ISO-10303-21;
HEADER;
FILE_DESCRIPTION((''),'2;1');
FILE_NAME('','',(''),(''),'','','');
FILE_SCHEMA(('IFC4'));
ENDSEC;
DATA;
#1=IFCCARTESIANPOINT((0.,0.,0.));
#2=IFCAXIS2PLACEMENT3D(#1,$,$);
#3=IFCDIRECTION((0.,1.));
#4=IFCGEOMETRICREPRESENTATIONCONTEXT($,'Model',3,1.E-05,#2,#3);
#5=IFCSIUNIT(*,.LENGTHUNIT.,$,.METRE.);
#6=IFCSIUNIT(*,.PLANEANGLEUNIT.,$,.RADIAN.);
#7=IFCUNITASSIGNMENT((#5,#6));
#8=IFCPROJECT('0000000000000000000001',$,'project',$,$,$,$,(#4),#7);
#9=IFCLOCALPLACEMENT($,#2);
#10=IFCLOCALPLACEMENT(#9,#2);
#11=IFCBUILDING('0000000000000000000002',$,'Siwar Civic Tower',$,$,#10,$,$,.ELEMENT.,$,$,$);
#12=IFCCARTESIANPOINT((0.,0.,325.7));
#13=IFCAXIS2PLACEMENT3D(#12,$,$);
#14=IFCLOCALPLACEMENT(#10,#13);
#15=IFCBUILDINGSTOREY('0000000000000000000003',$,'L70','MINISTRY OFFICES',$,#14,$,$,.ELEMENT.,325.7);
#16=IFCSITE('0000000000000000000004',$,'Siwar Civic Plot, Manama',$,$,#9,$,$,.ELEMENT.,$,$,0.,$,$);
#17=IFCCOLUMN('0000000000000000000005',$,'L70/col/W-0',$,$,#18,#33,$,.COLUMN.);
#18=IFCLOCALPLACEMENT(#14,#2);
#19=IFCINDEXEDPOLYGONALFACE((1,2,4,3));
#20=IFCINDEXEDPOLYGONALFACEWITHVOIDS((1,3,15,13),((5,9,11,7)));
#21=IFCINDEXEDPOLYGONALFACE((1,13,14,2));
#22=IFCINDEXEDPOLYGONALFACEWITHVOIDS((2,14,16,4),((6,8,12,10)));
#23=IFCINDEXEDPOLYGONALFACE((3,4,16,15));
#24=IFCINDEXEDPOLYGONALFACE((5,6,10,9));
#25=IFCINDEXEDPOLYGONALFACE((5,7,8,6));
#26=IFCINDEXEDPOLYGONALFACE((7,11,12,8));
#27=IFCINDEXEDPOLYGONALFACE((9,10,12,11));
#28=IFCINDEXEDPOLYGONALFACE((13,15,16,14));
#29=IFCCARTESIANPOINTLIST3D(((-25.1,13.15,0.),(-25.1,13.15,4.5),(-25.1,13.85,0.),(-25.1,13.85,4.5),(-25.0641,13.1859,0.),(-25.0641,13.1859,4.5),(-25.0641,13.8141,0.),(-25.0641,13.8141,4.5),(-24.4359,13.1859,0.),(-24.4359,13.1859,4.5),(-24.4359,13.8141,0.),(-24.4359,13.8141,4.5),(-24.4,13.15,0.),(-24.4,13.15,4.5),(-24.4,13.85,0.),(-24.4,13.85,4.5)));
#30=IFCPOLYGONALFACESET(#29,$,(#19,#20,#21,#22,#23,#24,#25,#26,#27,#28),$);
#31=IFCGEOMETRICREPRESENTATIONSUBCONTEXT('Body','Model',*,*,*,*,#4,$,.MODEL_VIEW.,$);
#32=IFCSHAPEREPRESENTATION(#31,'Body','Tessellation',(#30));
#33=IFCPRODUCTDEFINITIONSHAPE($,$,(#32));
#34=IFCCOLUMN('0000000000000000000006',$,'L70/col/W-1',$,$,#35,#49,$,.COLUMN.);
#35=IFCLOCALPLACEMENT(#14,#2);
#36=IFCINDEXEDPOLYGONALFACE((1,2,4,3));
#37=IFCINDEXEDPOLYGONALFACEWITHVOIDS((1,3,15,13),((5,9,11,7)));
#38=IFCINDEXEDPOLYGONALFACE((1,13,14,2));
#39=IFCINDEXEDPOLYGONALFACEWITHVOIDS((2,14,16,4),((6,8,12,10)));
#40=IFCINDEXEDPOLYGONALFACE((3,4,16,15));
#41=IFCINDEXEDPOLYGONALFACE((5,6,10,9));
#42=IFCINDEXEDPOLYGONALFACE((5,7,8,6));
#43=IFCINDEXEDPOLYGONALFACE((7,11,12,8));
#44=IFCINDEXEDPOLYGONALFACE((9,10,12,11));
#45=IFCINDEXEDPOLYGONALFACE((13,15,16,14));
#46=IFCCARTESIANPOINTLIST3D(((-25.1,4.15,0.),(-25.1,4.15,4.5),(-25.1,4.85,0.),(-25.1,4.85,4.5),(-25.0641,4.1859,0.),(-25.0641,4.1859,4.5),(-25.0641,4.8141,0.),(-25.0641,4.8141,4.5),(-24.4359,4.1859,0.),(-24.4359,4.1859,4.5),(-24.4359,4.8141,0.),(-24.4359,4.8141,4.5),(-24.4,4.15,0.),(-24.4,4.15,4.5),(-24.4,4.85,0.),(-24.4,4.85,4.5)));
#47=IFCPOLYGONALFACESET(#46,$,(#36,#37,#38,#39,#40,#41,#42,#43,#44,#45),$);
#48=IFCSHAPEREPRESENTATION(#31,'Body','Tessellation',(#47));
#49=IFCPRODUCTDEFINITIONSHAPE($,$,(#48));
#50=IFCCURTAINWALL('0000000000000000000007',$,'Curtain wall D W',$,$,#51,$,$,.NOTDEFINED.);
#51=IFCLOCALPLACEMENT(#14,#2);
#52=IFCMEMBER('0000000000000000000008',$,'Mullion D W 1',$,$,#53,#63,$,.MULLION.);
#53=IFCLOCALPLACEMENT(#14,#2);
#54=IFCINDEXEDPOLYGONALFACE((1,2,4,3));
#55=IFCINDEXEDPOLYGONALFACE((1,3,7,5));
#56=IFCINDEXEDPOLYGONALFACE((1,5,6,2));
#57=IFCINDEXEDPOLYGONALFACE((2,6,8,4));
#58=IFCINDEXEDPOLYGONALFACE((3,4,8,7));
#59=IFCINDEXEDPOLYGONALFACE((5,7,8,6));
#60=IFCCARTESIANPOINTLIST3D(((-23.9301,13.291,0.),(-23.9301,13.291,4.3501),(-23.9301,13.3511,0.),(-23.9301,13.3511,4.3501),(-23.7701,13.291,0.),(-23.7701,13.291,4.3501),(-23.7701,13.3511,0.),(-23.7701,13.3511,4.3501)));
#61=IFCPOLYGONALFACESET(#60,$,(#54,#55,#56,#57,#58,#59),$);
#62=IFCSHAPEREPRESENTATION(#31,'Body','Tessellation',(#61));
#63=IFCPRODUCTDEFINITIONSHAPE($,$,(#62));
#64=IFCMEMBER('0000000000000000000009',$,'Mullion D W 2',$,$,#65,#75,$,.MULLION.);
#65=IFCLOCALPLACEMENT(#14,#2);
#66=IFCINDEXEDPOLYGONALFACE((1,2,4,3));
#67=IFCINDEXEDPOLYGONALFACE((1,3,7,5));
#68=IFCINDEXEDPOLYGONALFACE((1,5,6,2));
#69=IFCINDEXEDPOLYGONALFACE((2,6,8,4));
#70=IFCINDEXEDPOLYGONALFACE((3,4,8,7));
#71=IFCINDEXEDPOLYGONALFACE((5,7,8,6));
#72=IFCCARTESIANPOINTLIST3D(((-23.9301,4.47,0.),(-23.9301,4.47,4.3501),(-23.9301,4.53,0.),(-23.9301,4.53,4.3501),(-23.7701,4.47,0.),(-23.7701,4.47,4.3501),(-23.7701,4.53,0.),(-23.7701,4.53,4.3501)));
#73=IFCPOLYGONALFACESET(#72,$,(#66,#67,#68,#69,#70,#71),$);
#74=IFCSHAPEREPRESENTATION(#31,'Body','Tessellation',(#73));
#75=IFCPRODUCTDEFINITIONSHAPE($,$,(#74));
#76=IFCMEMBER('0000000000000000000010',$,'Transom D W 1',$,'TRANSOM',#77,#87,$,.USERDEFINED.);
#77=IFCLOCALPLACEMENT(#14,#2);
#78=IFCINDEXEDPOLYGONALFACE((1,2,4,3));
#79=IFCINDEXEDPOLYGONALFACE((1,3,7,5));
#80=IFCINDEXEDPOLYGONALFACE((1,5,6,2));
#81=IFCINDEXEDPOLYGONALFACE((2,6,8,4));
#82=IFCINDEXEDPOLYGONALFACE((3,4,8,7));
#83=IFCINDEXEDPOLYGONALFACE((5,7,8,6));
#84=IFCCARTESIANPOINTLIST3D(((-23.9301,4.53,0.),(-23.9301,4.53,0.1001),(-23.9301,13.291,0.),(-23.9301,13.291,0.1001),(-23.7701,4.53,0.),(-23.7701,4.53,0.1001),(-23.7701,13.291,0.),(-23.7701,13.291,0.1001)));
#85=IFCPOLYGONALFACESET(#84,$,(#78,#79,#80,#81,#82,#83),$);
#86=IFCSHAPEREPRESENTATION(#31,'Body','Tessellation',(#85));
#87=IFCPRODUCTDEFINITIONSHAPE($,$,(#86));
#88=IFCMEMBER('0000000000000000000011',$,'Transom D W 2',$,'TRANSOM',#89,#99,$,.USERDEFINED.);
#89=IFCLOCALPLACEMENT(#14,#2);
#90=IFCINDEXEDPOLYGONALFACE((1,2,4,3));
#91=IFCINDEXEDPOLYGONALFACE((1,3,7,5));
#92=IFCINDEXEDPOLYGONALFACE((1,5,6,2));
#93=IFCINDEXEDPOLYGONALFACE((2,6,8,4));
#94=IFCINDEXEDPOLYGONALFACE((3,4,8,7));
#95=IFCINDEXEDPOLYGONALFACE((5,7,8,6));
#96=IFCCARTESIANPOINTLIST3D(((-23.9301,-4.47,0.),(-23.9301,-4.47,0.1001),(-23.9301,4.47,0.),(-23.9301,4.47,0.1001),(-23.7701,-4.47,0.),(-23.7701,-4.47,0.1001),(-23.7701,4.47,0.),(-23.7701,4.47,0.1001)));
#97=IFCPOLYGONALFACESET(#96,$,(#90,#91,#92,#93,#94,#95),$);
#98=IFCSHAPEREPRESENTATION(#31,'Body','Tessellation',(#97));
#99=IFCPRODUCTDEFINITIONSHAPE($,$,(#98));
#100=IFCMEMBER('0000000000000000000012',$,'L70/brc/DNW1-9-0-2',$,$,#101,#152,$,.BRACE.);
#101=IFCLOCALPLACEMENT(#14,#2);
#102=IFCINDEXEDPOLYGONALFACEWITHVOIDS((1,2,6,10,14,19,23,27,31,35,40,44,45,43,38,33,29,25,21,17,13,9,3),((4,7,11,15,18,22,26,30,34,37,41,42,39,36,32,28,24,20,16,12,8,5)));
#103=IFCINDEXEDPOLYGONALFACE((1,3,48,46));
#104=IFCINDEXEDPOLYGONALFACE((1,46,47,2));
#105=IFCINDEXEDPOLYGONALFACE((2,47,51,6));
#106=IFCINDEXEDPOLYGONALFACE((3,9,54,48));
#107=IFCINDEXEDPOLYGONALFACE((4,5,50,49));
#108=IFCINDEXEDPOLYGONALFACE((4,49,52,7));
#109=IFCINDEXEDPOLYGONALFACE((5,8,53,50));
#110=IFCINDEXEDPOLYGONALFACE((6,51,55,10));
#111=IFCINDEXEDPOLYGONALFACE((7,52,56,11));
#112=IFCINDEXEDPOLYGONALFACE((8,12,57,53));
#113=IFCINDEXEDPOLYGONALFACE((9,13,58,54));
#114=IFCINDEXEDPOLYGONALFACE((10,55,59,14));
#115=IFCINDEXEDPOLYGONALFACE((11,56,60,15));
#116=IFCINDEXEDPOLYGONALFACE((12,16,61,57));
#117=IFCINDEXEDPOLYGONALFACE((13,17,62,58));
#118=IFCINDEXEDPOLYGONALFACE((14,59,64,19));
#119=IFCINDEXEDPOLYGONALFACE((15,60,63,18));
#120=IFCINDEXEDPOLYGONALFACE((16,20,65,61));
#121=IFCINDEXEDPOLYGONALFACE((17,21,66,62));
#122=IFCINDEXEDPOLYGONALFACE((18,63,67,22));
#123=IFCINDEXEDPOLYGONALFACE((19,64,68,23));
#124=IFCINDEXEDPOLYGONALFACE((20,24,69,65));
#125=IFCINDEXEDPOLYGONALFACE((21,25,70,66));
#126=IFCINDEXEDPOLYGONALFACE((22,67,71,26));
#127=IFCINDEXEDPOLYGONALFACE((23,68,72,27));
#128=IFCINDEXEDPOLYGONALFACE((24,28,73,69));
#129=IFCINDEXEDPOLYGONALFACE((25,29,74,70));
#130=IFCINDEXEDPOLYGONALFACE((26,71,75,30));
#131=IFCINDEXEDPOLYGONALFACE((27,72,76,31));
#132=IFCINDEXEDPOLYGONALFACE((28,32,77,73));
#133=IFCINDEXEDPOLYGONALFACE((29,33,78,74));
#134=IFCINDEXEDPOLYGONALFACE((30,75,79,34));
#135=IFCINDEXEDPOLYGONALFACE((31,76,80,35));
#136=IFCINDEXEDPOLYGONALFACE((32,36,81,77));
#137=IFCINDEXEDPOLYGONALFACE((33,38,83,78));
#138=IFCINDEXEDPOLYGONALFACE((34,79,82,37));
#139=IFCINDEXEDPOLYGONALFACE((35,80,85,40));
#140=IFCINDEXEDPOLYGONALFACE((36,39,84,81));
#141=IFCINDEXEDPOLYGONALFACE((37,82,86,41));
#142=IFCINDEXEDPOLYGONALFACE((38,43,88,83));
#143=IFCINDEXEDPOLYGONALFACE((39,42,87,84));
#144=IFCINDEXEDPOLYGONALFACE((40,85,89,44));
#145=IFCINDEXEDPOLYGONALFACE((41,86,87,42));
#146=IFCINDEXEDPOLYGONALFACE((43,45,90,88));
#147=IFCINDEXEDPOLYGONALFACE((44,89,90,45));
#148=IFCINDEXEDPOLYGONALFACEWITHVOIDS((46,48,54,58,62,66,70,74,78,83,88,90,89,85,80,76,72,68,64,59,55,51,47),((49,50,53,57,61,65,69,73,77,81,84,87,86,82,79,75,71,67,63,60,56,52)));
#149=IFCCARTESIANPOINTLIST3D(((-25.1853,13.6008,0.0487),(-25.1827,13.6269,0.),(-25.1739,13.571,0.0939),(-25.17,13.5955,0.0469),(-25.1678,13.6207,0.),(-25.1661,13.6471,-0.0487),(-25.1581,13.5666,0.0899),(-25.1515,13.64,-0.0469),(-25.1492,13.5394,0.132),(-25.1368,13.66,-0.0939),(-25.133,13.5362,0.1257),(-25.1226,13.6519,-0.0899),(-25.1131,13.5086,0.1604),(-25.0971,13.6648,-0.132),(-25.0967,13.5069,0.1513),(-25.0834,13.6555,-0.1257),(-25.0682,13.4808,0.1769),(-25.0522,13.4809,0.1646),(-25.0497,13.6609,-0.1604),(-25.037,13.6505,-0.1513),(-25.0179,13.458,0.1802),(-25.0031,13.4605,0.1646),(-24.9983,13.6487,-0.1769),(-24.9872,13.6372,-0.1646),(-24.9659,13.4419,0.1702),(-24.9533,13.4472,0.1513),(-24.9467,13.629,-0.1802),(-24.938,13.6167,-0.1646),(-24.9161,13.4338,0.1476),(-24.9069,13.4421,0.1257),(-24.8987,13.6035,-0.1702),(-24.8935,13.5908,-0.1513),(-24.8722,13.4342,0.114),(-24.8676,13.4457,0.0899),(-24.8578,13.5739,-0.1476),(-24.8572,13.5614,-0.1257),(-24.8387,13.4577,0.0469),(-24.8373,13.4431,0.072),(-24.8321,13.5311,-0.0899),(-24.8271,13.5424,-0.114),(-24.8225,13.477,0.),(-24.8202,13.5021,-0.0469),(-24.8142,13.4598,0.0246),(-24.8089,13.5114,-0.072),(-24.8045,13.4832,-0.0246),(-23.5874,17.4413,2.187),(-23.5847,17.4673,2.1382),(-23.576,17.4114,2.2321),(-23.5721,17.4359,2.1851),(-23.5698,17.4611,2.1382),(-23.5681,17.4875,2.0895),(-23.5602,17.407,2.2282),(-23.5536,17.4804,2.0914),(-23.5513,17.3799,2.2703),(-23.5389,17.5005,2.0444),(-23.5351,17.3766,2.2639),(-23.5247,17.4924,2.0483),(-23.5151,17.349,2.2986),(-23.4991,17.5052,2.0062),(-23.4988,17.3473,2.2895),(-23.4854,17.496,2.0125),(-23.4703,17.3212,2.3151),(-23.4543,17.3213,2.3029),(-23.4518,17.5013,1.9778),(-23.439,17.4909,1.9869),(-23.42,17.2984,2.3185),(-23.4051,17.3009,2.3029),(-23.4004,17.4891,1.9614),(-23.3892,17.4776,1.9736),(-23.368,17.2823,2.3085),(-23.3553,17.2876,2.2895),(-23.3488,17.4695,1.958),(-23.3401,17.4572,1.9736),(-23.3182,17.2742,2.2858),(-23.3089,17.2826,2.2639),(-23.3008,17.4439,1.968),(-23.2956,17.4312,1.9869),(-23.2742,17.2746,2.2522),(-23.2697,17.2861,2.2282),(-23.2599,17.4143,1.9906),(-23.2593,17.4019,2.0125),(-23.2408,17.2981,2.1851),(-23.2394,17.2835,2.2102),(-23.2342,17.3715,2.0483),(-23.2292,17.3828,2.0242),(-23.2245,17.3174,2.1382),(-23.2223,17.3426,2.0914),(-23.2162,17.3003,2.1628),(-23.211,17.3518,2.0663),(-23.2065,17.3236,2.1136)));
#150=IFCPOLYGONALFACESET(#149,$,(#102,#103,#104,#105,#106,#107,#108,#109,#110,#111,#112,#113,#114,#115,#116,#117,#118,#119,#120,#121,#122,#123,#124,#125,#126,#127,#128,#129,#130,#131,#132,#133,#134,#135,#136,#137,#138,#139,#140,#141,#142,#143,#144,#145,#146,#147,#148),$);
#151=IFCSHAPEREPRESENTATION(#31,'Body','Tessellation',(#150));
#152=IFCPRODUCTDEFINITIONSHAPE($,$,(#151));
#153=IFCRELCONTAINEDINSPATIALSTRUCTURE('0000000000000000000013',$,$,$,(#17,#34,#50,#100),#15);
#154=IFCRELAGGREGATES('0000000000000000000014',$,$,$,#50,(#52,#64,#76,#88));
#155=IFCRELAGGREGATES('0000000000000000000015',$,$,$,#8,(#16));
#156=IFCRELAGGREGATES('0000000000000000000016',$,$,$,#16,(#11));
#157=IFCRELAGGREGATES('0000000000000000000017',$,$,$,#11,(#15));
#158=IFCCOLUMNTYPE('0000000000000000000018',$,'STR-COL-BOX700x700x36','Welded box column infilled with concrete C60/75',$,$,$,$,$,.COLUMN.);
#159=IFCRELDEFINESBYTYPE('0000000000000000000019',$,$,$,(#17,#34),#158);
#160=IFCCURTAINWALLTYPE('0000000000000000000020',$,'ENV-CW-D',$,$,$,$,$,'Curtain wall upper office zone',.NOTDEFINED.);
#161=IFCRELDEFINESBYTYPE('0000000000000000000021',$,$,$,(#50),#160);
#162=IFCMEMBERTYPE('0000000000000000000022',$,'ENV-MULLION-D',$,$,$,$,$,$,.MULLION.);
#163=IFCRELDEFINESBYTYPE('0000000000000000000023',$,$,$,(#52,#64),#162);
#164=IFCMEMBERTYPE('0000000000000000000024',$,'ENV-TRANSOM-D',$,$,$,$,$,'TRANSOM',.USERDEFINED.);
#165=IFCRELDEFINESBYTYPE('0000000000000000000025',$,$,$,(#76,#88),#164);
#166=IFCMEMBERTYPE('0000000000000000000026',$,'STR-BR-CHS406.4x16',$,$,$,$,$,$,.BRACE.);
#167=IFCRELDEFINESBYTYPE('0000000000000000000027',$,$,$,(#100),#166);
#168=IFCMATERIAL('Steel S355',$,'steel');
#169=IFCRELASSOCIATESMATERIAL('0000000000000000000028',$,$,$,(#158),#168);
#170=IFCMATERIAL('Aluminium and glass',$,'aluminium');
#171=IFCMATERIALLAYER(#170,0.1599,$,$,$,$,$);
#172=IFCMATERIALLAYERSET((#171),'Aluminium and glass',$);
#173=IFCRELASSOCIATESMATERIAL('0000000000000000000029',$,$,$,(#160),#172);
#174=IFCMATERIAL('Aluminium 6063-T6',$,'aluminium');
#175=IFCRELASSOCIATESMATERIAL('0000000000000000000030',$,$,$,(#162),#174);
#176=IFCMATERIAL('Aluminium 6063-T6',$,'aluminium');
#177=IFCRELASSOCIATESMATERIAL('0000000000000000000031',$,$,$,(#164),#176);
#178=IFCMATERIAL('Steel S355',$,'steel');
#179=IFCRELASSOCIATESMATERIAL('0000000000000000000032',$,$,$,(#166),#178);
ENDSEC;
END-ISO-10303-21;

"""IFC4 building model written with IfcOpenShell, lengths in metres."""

from ifc_helpers import new_model, si_unit, direction, frame, origin, origin_2d, place, context, subcontext, project, spatial, rectangle, hollow_rectangle, hollow_circle, extrude, material, layer, layer_set, material_profile, profile_set, type_object, element, aggregate, save


model = new_model("IFC4")

# Units and contexts
model_context = context("Model", 3, precision=1e-05, world=origin(), true_north=direction((0.0, 1.0)))
body_context = subcontext(model_context, "Body", "Model", "MODEL_VIEW")
ifc_project = project(units=[si_unit("LENGTHUNIT", "METRE"), si_unit("PLANEANGLEUNIT", "RADIAN")], contexts=[model_context])

# Site, building, storey
site_placement = place(None, origin())
site = spatial("IfcSite", under=ifc_project, at=site_placement, Name="Siwar Civic Plot, Manama", CompositionType="ELEMENT", RefElevation=0.0)
building_placement = place(site_placement, origin())
building = spatial("IfcBuilding", under=site, at=building_placement, Name="Siwar Civic Tower", CompositionType="ELEMENT")
storey_placement = place(building_placement, frame((0.0, 0.0, 325.7)))
storey = spatial("IfcBuildingStorey", under=building, at=storey_placement, Name="L70", Description="MINISTRY OFFICES", CompositionType="ELEMENT", Elevation=325.7)

# Columns
ifc_material_1 = material(Name="Steel S355", Category="steel")
ifc_material_profile_1 = material_profile(ifc_material_1, hollow_rectangle(XDim=0.7, YDim=0.7, WallThickness=0.0359, at=origin_2d()), Name="BOX700x700x36")
ifc_profile_set_1 = profile_set([ifc_material_profile_1], Name="Steel S355")
column_type = type_object("IfcColumnType", Name="STR-COL-BOX700x700x36", Description="Welded box column infilled with concrete C60/75", PredefinedType="COLUMN", material=ifc_profile_set_1)
for number, where, z_axis, x_axis, name in (
    (1, (-24.75, 13.5, 0.0), (0.0, 0.0, 1.0), (1.0, 0.0, 0.0), "L70/col/W-0"),
    (2, (-24.75, 4.5, 0.0), (0.0, 0.0, 1.0), (1.0, 0.0, 0.0), "L70/col/W-1"),
):
    element("IfcColumn", number, at=place(storey_placement, frame(where, z_axis=z_axis, x_axis=x_axis)), inside=storey, type_object=column_type, Name=name, PredefinedType="COLUMN", context=body_context, shape_type="SweptSolid", body=[
        extrude(hollow_rectangle(XDim=0.7, YDim=0.7, WallThickness=0.0359, at=origin_2d()), origin(), (0.0, 0.0, 1.0), 4.5),
    ])

# Curtain wall, members
ifc_material_2 = material(Name="Aluminium and glass", Category="aluminium")
ifc_layer_1 = layer(ifc_material_2, 0.1599)
ifc_layer_set_1 = layer_set([ifc_layer_1], Name="Aluminium and glass")
curtain_wall_type = type_object("IfcCurtainWallType", Name="ENV-CW-D", ElementType="Curtain wall upper office zone", PredefinedType="NOTDEFINED", material=ifc_layer_set_1)
curtain_wall_placement = place(storey_placement, origin())
curtain_wall = element("IfcCurtainWall", 3, at=curtain_wall_placement, inside=storey, type_object=curtain_wall_type, Name="Curtain wall D W", PredefinedType="NOTDEFINED")
ifc_material_3 = material(Name="Aluminium 6063-T6", Category="aluminium")
ifc_material_profile_2 = material_profile(ifc_material_3, rectangle(XDim=0.1599, YDim=0.0601, at=origin_2d()), Name="AL 160x60")
ifc_profile_set_2 = profile_set([ifc_material_profile_2], Name="Aluminium 6063-T6")
member_type_1 = type_object("IfcMemberType", Name="ENV-MULLION-D", PredefinedType="MULLION", material=ifc_profile_set_2)
member_1_placement = place(storey_placement, frame((-23.8501, 13.321, 0.0), z_axis=(0.0, 0.0, 1.0), x_axis=(1.0, 0.0, 0.0)))
member_1 = element("IfcMember", 4, at=member_1_placement, type_object=member_type_1, Name="Mullion D W 1", PredefinedType="MULLION", context=body_context, shape_type="SweptSolid", body=[
    extrude(rectangle(XDim=0.1599, YDim=0.0601, at=origin_2d()), origin(), (0.0, 0.0, 1.0), 4.3501),
])
member_2_placement = place(storey_placement, frame((-23.8501, 4.5, 0.0), z_axis=(0.0, 0.0, 1.0), x_axis=(1.0, 0.0, 0.0)))
member_2 = element("IfcMember", 5, at=member_2_placement, type_object=member_type_1, Name="Mullion D W 2", PredefinedType="MULLION", context=body_context, shape_type="SweptSolid", body=[
    extrude(rectangle(XDim=0.1599, YDim=0.0601, at=origin_2d()), origin(), (0.0, 0.0, 1.0), 4.3501),
])
ifc_material_4 = material(Name="Aluminium 6063-T6", Category="aluminium")
ifc_material_profile_3 = material_profile(ifc_material_4, rectangle(XDim=0.1599, YDim=0.1001, at=origin_2d()), Name="AL 160x100")
ifc_profile_set_3 = profile_set([ifc_material_profile_3], Name="Aluminium 6063-T6")
member_type_2 = type_object("IfcMemberType", Name="ENV-TRANSOM-D", ElementType="TRANSOM", PredefinedType="USERDEFINED", material=ifc_profile_set_3)
member_3_placement = place(storey_placement, frame((-23.8501, 13.291, 0.05), z_axis=(0.0, -1.0, 0.0), x_axis=(1.0, 0.0, 0.0)))
member_3 = element("IfcMember", 6, at=member_3_placement, type_object=member_type_2, Name="Transom D W 1", ObjectType="TRANSOM", PredefinedType="USERDEFINED", context=body_context, shape_type="SweptSolid", body=[
    extrude(rectangle(XDim=0.1599, YDim=0.1001, at=origin_2d()), origin(), (0.0, 0.0, 1.0), 8.761),
])
member_4_placement = place(storey_placement, frame((-23.8501, 4.47, 0.05), z_axis=(0.0, -1.0, 0.0), x_axis=(1.0, 0.0, 0.0)))
member_4 = element("IfcMember", 7, at=member_4_placement, type_object=member_type_2, Name="Transom D W 2", ObjectType="TRANSOM", PredefinedType="USERDEFINED", context=body_context, shape_type="SweptSolid", body=[
    extrude(rectangle(XDim=0.1599, YDim=0.1001, at=origin_2d()), origin(), (0.0, 0.0, 1.0), 8.9399),
])

# Member
ifc_material_5 = material(Name="Steel S355", Category="steel")
ifc_material_profile_4 = material_profile(ifc_material_5, hollow_circle(Radius=0.2031, WallThickness=0.0161, at=origin_2d()), Name="CHS406.4x16")
ifc_profile_set_4 = profile_set([ifc_material_profile_4], Name="Steel S355")
member_type_3 = type_object("IfcMemberType", Name="STR-BR-CHS406.4x16", PredefinedType="BRACE", material=ifc_profile_set_4)
member_5_placement = place(storey_placement, frame((-24.9951, 13.5488, 0.0), z_axis=(0.341659, 0.82113, 0.457181), x_axis=(-0.923268, 0.384157, 0.0)))
element("IfcMember", 8, at=member_5_placement, inside=storey, type_object=member_type_3, Name="L70/brc/DNW1-9-0-2", PredefinedType="BRACE", context=body_context, shape_type="SweptSolid", body=[
    extrude(hollow_circle(Radius=0.2031, WallThickness=0.0161, at=origin_2d()), origin(), (0.0, 0.0, 1.0), 4.677),
])

aggregate(curtain_wall, [member_1, member_2, member_3, member_4])

save(model, "model.ifc")
